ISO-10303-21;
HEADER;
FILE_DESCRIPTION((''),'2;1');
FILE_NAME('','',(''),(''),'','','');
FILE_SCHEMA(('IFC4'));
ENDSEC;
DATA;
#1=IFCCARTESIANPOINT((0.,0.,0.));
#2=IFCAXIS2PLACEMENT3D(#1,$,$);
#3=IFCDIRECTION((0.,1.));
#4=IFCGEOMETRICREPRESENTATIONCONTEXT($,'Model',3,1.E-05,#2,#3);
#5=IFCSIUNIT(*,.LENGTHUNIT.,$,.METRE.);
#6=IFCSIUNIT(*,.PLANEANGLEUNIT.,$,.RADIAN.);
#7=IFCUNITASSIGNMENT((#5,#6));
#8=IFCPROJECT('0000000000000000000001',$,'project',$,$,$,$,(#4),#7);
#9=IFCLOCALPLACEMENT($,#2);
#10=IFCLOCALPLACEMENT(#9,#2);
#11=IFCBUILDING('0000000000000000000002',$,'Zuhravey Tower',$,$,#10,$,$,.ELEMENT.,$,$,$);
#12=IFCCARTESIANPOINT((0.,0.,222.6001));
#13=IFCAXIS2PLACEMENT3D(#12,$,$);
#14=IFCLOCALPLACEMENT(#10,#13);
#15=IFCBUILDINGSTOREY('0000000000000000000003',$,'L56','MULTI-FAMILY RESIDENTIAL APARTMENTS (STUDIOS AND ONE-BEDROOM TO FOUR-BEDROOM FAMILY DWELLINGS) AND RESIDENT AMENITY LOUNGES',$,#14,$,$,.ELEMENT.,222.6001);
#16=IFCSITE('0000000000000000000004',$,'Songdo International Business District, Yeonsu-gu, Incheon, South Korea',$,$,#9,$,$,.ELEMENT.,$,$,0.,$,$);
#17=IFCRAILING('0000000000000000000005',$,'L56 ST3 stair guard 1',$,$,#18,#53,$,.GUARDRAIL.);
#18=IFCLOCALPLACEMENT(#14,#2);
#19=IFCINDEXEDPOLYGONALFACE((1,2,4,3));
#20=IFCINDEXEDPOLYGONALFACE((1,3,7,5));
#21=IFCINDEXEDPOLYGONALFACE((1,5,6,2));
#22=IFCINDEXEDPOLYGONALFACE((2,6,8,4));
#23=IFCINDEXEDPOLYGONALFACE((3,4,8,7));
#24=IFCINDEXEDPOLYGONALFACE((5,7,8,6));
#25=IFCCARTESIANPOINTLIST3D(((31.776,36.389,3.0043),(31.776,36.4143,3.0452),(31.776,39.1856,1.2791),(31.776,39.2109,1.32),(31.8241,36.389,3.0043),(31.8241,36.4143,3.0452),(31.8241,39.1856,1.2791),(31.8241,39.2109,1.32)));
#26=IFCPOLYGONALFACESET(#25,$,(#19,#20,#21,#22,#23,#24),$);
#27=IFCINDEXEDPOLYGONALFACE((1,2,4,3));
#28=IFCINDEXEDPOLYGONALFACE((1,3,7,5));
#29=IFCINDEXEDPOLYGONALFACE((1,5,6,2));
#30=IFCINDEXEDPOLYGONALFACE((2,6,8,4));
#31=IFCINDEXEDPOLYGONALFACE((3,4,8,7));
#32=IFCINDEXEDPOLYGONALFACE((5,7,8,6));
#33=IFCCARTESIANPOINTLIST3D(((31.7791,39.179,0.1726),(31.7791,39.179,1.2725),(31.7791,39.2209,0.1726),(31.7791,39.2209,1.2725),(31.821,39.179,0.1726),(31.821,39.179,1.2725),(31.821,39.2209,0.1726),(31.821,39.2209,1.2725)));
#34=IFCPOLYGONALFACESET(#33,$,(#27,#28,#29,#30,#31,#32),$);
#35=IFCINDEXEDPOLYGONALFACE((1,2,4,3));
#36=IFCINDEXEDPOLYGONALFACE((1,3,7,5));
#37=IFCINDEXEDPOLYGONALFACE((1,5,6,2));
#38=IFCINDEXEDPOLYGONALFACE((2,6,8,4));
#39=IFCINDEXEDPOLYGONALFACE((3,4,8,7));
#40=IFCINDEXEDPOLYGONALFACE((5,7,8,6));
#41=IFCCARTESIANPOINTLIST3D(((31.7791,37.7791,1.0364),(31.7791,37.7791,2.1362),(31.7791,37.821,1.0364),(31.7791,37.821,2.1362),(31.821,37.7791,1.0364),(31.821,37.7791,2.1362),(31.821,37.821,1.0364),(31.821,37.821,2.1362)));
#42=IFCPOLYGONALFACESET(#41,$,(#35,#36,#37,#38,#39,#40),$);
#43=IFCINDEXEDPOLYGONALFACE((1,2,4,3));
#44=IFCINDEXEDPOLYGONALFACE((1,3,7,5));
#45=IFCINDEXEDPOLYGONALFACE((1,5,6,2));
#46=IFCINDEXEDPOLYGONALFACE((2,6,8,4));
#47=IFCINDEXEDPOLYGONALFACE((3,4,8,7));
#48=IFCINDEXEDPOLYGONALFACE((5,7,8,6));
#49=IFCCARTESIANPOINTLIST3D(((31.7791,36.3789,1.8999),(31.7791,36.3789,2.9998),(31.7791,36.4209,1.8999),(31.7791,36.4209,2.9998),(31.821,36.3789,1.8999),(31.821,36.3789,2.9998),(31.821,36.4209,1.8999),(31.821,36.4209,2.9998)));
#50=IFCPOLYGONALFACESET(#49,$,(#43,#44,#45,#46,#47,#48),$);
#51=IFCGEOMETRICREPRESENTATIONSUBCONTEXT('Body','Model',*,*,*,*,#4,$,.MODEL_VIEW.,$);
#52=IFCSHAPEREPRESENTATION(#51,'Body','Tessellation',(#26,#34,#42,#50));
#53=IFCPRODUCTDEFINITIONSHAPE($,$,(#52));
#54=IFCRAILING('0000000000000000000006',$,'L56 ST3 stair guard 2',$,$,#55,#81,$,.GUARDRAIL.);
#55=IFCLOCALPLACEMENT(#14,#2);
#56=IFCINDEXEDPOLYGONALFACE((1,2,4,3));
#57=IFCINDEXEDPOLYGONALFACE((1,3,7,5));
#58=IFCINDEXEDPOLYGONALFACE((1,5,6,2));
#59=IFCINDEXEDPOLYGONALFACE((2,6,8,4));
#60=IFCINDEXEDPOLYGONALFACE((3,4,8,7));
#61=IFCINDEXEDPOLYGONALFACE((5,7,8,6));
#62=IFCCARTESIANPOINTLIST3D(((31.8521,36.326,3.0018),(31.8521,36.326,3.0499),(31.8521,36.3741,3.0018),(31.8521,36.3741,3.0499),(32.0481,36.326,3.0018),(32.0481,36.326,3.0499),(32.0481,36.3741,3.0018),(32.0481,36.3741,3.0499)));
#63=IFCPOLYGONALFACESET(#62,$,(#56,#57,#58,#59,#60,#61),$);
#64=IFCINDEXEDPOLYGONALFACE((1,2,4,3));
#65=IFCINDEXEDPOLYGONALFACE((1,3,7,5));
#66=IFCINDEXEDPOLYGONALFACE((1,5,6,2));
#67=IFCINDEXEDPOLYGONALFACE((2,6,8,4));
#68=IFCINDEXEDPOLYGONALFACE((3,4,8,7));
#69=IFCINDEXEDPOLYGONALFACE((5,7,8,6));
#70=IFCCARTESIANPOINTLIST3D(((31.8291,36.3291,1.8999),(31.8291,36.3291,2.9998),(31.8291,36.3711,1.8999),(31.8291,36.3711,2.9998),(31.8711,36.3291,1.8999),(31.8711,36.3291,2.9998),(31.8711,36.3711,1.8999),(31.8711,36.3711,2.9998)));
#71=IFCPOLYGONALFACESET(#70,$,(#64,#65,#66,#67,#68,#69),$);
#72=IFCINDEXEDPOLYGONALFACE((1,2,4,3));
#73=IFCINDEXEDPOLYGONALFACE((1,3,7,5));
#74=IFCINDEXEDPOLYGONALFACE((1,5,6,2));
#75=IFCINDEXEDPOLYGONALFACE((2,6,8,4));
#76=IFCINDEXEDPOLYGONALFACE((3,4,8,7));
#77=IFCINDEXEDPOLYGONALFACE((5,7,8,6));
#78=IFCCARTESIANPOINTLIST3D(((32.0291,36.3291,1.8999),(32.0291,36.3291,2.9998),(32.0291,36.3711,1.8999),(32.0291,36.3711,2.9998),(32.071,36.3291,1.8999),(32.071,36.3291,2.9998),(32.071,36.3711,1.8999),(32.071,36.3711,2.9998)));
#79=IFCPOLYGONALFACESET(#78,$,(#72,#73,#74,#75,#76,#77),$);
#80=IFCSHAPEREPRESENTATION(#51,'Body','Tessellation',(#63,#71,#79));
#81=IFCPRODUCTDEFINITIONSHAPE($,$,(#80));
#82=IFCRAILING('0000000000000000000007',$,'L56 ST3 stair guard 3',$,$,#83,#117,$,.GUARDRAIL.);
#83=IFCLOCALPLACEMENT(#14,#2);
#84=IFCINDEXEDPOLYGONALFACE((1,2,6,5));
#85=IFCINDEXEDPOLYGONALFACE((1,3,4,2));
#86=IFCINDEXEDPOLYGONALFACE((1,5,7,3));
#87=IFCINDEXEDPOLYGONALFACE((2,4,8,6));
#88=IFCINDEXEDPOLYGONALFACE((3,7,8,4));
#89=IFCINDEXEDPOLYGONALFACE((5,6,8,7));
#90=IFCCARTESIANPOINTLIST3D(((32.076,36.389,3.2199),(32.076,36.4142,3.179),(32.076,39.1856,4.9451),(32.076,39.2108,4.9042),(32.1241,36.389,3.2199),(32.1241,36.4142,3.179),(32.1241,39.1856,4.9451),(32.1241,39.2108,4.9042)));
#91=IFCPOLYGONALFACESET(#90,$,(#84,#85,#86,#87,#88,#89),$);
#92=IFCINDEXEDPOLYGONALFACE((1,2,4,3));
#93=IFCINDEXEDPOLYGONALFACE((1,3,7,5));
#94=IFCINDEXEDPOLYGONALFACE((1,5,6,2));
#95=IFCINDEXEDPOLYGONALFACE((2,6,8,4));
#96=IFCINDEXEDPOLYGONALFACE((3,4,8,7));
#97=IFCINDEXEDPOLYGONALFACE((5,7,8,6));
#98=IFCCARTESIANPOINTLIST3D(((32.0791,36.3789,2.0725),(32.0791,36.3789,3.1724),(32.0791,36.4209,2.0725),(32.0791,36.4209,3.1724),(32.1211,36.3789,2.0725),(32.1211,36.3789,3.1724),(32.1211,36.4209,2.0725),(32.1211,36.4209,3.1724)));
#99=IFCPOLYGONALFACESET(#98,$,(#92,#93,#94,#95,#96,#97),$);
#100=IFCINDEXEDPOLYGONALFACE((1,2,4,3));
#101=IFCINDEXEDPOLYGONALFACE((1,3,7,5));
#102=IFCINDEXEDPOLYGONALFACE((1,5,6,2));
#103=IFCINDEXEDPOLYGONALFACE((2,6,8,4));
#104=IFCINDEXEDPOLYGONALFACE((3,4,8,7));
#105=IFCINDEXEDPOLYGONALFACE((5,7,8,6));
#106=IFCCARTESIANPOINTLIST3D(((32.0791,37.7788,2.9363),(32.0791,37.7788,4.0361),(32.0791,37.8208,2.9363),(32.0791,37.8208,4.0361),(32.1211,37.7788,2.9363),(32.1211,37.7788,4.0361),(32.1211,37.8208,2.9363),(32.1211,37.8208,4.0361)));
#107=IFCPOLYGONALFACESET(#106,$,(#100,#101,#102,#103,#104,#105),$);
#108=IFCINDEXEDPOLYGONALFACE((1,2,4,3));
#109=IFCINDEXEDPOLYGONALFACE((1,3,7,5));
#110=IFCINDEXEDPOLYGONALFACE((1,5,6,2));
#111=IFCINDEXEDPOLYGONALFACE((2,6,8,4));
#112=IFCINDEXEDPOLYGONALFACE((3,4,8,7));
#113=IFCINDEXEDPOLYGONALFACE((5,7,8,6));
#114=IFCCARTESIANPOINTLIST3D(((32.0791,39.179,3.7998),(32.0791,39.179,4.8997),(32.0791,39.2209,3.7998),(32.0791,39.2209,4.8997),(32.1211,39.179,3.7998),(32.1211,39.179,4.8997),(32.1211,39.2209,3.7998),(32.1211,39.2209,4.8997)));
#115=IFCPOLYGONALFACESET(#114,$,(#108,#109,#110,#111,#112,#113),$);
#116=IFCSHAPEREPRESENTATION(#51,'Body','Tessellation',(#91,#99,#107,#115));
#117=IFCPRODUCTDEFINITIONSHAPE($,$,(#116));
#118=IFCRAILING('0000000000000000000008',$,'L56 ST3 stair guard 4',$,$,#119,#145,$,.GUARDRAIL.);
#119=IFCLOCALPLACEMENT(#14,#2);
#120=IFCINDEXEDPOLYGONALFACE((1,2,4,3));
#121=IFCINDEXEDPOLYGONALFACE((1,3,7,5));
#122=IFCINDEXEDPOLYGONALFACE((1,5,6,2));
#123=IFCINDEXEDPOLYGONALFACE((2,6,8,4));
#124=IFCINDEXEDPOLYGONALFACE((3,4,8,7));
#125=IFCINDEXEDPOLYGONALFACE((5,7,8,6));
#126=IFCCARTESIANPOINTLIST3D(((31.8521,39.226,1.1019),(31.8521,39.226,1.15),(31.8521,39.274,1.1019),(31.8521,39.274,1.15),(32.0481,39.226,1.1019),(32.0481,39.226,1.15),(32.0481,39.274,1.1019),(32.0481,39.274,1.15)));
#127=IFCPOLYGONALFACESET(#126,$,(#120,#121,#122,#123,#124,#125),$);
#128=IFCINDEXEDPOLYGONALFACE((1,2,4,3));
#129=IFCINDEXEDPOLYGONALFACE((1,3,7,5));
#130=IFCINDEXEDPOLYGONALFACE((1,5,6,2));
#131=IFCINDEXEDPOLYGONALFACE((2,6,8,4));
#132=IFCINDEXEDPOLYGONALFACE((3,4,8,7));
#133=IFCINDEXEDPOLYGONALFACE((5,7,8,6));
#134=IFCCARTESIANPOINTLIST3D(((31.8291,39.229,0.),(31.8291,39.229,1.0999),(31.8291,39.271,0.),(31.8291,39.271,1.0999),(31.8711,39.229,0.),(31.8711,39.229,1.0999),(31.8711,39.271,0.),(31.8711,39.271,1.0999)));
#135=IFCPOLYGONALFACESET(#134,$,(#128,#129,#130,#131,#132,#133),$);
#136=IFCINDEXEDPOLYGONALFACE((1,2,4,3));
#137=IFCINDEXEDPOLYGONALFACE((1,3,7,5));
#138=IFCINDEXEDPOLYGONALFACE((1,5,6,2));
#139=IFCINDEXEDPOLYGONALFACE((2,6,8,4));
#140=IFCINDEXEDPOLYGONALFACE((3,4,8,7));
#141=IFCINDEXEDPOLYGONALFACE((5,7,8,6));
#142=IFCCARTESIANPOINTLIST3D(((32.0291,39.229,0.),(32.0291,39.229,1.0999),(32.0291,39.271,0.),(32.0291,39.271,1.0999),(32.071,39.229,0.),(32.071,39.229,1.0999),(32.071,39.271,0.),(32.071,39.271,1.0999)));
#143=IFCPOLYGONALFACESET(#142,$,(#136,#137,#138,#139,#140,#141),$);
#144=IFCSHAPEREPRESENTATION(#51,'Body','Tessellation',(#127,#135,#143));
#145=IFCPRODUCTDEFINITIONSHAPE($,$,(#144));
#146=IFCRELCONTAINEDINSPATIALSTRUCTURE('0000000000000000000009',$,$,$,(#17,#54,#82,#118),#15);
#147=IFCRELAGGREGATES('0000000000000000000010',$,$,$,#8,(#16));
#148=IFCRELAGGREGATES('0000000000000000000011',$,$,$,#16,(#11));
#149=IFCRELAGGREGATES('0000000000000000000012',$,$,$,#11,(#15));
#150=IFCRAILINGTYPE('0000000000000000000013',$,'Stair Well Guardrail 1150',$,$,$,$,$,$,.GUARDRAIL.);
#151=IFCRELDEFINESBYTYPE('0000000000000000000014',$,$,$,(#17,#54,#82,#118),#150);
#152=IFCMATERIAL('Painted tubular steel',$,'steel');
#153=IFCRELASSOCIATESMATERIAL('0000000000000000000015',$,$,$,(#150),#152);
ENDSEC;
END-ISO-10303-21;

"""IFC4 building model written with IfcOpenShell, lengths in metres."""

from ifc_helpers import new_model, si_unit, direction, frame, origin, origin_2d, place, context, subcontext, project, spatial, rectangle, extrude, material, type_object, element, save


model = new_model("IFC4")

# Units and contexts
model_context = context("Model", 3, precision=1e-05, world=origin(), true_north=direction((0.0, 1.0)))
body_context = subcontext(model_context, "Body", "Model", "MODEL_VIEW")
ifc_project = project(units=[si_unit("LENGTHUNIT", "METRE"), si_unit("PLANEANGLEUNIT", "RADIAN")], contexts=[model_context])

# Site, building, storey
site_placement = place(None, origin())
site = spatial("IfcSite", under=ifc_project, at=site_placement, Name="Songdo International Business District, Yeonsu-gu, Incheon, South Korea", CompositionType="ELEMENT", RefElevation=0.0)
building_placement = place(site_placement, origin())
building = spatial("IfcBuilding", under=site, at=building_placement, Name="Zuhravey Tower", CompositionType="ELEMENT")
storey_placement = place(building_placement, frame((0.0, 0.0, 222.6001)))
storey = spatial("IfcBuildingStorey", under=building, at=storey_placement, Name="L56", Description="MULTI-FAMILY RESIDENTIAL APARTMENTS (STUDIOS AND ONE-BEDROOM TO FOUR-BEDROOM FAMILY DWELLINGS) AND RESIDENT AMENITY LOUNGES", CompositionType="ELEMENT", Elevation=222.6001)

# Railings
ifc_material_1 = material(Name="Painted tubular steel", Category="steel")
railing_type_1 = type_object("IfcRailingType", Name="Stair Well Guardrail 1150", PredefinedType="GUARDRAIL", material=ifc_material_1)
for number, where, name in (
    (1, (31.8, 39.2, 0.1726), "L56 ST3 stair guard 1"),
):
    element("IfcRailing", number, at=place(storey_placement, frame(where)), inside=storey, type_object=railing_type_1, Name=name, PredefinedType="GUARDRAIL", context=body_context, shape_type="SweptSolid", body=[
        extrude(rectangle(XDim=0.0481, YDim=0.0481, at=origin_2d()), frame((0.0, -0.0017, 1.127), z_axis=(0.0, -0.85109, 0.52502), x_axis=(1.0, 0.0, 0.0)), (0.0, 0.0, 1.0), 3.2859),
        extrude(rectangle(XDim=0.042, YDim=0.042, at=origin_2d()), origin(), (0.0, 0.0, 1.0), 1.0999),
        extrude(rectangle(XDim=0.042, YDim=0.042, at=origin_2d()), frame((0.0, -1.3999, 0.8638)), (0.0, 0.0, 1.0), 1.0999),
        extrude(rectangle(XDim=0.042, YDim=0.042, at=origin_2d()), frame((0.0, -2.8, 1.7273)), (0.0, 0.0, 1.0), 1.0999),
    ])
railing_1_placement = place(storey_placement, frame((31.8501, 36.3501, 1.8999)))
element("IfcRailing", 2, at=railing_1_placement, inside=storey, type_object=railing_type_1, Name="L56 ST3 stair guard 2", PredefinedType="GUARDRAIL", context=body_context, shape_type="SweptSolid", body=[
    extrude(rectangle(XDim=0.0481, YDim=0.0481, at=origin_2d()), frame((0.002, 0.0, 1.126), z_axis=(1.0, 0.0, 0.0), x_axis=(0.0, 1.0, 0.0)), (0.0, 0.0, 1.0), 0.196),
    extrude(rectangle(XDim=0.042, YDim=0.042, at=origin_2d()), origin(), (0.0, 0.0, 1.0), 1.0999),
    extrude(rectangle(XDim=0.042, YDim=0.042, at=origin_2d()), frame((0.2, 0.0, 0.0)), (0.0, 0.0, 1.0), 1.0999),
])
railing_2_placement = place(storey_placement, frame((32.1001, 36.3999, 2.0725)))
element("IfcRailing", 3, at=railing_2_placement, inside=storey, type_object=railing_type_1, Name="L56 ST3 stair guard 3", PredefinedType="GUARDRAIL", context=body_context, shape_type="SweptSolid", body=[
    extrude(rectangle(XDim=0.0481, YDim=0.0481, at=origin_2d()), frame((0.0, 0.0017, 1.127), z_axis=(0.0, 0.85109, 0.52502), x_axis=(-1.0, 0.0, 0.0)), (0.0, 0.0, 1.0), 3.2859),
    extrude(rectangle(XDim=0.042, YDim=0.042, at=origin_2d()), origin(), (0.0, 0.0, 1.0), 1.0999),
    extrude(rectangle(XDim=0.042, YDim=0.042, at=origin_2d()), frame((0.0, 1.3999, 0.8638)), (0.0, 0.0, 1.0), 1.0999),
    extrude(rectangle(XDim=0.042, YDim=0.042, at=origin_2d()), frame((0.0, 2.8, 1.7273)), (0.0, 0.0, 1.0), 1.0999),
])
railing_3_placement = place(storey_placement, frame((31.8501, 39.25, 0.0)))
element("IfcRailing", 4, at=railing_3_placement, inside=storey, type_object=railing_type_1, Name="L56 ST3 stair guard 4", PredefinedType="GUARDRAIL", context=body_context, shape_type="SweptSolid", body=[
    extrude(rectangle(XDim=0.0481, YDim=0.0481, at=origin_2d()), frame((0.002, 0.0, 1.126), z_axis=(1.0, 0.0, 0.0), x_axis=(0.0, 1.0, 0.0)), (0.0, 0.0, 1.0), 0.196),
    extrude(rectangle(XDim=0.042, YDim=0.042, at=origin_2d()), origin(), (0.0, 0.0, 1.0), 1.0999),
    extrude(rectangle(XDim=0.042, YDim=0.042, at=origin_2d()), frame((0.2, 0.0, 0.0)), (0.0, 0.0, 1.0), 1.0999),
])

save(model, "model.ifc")
